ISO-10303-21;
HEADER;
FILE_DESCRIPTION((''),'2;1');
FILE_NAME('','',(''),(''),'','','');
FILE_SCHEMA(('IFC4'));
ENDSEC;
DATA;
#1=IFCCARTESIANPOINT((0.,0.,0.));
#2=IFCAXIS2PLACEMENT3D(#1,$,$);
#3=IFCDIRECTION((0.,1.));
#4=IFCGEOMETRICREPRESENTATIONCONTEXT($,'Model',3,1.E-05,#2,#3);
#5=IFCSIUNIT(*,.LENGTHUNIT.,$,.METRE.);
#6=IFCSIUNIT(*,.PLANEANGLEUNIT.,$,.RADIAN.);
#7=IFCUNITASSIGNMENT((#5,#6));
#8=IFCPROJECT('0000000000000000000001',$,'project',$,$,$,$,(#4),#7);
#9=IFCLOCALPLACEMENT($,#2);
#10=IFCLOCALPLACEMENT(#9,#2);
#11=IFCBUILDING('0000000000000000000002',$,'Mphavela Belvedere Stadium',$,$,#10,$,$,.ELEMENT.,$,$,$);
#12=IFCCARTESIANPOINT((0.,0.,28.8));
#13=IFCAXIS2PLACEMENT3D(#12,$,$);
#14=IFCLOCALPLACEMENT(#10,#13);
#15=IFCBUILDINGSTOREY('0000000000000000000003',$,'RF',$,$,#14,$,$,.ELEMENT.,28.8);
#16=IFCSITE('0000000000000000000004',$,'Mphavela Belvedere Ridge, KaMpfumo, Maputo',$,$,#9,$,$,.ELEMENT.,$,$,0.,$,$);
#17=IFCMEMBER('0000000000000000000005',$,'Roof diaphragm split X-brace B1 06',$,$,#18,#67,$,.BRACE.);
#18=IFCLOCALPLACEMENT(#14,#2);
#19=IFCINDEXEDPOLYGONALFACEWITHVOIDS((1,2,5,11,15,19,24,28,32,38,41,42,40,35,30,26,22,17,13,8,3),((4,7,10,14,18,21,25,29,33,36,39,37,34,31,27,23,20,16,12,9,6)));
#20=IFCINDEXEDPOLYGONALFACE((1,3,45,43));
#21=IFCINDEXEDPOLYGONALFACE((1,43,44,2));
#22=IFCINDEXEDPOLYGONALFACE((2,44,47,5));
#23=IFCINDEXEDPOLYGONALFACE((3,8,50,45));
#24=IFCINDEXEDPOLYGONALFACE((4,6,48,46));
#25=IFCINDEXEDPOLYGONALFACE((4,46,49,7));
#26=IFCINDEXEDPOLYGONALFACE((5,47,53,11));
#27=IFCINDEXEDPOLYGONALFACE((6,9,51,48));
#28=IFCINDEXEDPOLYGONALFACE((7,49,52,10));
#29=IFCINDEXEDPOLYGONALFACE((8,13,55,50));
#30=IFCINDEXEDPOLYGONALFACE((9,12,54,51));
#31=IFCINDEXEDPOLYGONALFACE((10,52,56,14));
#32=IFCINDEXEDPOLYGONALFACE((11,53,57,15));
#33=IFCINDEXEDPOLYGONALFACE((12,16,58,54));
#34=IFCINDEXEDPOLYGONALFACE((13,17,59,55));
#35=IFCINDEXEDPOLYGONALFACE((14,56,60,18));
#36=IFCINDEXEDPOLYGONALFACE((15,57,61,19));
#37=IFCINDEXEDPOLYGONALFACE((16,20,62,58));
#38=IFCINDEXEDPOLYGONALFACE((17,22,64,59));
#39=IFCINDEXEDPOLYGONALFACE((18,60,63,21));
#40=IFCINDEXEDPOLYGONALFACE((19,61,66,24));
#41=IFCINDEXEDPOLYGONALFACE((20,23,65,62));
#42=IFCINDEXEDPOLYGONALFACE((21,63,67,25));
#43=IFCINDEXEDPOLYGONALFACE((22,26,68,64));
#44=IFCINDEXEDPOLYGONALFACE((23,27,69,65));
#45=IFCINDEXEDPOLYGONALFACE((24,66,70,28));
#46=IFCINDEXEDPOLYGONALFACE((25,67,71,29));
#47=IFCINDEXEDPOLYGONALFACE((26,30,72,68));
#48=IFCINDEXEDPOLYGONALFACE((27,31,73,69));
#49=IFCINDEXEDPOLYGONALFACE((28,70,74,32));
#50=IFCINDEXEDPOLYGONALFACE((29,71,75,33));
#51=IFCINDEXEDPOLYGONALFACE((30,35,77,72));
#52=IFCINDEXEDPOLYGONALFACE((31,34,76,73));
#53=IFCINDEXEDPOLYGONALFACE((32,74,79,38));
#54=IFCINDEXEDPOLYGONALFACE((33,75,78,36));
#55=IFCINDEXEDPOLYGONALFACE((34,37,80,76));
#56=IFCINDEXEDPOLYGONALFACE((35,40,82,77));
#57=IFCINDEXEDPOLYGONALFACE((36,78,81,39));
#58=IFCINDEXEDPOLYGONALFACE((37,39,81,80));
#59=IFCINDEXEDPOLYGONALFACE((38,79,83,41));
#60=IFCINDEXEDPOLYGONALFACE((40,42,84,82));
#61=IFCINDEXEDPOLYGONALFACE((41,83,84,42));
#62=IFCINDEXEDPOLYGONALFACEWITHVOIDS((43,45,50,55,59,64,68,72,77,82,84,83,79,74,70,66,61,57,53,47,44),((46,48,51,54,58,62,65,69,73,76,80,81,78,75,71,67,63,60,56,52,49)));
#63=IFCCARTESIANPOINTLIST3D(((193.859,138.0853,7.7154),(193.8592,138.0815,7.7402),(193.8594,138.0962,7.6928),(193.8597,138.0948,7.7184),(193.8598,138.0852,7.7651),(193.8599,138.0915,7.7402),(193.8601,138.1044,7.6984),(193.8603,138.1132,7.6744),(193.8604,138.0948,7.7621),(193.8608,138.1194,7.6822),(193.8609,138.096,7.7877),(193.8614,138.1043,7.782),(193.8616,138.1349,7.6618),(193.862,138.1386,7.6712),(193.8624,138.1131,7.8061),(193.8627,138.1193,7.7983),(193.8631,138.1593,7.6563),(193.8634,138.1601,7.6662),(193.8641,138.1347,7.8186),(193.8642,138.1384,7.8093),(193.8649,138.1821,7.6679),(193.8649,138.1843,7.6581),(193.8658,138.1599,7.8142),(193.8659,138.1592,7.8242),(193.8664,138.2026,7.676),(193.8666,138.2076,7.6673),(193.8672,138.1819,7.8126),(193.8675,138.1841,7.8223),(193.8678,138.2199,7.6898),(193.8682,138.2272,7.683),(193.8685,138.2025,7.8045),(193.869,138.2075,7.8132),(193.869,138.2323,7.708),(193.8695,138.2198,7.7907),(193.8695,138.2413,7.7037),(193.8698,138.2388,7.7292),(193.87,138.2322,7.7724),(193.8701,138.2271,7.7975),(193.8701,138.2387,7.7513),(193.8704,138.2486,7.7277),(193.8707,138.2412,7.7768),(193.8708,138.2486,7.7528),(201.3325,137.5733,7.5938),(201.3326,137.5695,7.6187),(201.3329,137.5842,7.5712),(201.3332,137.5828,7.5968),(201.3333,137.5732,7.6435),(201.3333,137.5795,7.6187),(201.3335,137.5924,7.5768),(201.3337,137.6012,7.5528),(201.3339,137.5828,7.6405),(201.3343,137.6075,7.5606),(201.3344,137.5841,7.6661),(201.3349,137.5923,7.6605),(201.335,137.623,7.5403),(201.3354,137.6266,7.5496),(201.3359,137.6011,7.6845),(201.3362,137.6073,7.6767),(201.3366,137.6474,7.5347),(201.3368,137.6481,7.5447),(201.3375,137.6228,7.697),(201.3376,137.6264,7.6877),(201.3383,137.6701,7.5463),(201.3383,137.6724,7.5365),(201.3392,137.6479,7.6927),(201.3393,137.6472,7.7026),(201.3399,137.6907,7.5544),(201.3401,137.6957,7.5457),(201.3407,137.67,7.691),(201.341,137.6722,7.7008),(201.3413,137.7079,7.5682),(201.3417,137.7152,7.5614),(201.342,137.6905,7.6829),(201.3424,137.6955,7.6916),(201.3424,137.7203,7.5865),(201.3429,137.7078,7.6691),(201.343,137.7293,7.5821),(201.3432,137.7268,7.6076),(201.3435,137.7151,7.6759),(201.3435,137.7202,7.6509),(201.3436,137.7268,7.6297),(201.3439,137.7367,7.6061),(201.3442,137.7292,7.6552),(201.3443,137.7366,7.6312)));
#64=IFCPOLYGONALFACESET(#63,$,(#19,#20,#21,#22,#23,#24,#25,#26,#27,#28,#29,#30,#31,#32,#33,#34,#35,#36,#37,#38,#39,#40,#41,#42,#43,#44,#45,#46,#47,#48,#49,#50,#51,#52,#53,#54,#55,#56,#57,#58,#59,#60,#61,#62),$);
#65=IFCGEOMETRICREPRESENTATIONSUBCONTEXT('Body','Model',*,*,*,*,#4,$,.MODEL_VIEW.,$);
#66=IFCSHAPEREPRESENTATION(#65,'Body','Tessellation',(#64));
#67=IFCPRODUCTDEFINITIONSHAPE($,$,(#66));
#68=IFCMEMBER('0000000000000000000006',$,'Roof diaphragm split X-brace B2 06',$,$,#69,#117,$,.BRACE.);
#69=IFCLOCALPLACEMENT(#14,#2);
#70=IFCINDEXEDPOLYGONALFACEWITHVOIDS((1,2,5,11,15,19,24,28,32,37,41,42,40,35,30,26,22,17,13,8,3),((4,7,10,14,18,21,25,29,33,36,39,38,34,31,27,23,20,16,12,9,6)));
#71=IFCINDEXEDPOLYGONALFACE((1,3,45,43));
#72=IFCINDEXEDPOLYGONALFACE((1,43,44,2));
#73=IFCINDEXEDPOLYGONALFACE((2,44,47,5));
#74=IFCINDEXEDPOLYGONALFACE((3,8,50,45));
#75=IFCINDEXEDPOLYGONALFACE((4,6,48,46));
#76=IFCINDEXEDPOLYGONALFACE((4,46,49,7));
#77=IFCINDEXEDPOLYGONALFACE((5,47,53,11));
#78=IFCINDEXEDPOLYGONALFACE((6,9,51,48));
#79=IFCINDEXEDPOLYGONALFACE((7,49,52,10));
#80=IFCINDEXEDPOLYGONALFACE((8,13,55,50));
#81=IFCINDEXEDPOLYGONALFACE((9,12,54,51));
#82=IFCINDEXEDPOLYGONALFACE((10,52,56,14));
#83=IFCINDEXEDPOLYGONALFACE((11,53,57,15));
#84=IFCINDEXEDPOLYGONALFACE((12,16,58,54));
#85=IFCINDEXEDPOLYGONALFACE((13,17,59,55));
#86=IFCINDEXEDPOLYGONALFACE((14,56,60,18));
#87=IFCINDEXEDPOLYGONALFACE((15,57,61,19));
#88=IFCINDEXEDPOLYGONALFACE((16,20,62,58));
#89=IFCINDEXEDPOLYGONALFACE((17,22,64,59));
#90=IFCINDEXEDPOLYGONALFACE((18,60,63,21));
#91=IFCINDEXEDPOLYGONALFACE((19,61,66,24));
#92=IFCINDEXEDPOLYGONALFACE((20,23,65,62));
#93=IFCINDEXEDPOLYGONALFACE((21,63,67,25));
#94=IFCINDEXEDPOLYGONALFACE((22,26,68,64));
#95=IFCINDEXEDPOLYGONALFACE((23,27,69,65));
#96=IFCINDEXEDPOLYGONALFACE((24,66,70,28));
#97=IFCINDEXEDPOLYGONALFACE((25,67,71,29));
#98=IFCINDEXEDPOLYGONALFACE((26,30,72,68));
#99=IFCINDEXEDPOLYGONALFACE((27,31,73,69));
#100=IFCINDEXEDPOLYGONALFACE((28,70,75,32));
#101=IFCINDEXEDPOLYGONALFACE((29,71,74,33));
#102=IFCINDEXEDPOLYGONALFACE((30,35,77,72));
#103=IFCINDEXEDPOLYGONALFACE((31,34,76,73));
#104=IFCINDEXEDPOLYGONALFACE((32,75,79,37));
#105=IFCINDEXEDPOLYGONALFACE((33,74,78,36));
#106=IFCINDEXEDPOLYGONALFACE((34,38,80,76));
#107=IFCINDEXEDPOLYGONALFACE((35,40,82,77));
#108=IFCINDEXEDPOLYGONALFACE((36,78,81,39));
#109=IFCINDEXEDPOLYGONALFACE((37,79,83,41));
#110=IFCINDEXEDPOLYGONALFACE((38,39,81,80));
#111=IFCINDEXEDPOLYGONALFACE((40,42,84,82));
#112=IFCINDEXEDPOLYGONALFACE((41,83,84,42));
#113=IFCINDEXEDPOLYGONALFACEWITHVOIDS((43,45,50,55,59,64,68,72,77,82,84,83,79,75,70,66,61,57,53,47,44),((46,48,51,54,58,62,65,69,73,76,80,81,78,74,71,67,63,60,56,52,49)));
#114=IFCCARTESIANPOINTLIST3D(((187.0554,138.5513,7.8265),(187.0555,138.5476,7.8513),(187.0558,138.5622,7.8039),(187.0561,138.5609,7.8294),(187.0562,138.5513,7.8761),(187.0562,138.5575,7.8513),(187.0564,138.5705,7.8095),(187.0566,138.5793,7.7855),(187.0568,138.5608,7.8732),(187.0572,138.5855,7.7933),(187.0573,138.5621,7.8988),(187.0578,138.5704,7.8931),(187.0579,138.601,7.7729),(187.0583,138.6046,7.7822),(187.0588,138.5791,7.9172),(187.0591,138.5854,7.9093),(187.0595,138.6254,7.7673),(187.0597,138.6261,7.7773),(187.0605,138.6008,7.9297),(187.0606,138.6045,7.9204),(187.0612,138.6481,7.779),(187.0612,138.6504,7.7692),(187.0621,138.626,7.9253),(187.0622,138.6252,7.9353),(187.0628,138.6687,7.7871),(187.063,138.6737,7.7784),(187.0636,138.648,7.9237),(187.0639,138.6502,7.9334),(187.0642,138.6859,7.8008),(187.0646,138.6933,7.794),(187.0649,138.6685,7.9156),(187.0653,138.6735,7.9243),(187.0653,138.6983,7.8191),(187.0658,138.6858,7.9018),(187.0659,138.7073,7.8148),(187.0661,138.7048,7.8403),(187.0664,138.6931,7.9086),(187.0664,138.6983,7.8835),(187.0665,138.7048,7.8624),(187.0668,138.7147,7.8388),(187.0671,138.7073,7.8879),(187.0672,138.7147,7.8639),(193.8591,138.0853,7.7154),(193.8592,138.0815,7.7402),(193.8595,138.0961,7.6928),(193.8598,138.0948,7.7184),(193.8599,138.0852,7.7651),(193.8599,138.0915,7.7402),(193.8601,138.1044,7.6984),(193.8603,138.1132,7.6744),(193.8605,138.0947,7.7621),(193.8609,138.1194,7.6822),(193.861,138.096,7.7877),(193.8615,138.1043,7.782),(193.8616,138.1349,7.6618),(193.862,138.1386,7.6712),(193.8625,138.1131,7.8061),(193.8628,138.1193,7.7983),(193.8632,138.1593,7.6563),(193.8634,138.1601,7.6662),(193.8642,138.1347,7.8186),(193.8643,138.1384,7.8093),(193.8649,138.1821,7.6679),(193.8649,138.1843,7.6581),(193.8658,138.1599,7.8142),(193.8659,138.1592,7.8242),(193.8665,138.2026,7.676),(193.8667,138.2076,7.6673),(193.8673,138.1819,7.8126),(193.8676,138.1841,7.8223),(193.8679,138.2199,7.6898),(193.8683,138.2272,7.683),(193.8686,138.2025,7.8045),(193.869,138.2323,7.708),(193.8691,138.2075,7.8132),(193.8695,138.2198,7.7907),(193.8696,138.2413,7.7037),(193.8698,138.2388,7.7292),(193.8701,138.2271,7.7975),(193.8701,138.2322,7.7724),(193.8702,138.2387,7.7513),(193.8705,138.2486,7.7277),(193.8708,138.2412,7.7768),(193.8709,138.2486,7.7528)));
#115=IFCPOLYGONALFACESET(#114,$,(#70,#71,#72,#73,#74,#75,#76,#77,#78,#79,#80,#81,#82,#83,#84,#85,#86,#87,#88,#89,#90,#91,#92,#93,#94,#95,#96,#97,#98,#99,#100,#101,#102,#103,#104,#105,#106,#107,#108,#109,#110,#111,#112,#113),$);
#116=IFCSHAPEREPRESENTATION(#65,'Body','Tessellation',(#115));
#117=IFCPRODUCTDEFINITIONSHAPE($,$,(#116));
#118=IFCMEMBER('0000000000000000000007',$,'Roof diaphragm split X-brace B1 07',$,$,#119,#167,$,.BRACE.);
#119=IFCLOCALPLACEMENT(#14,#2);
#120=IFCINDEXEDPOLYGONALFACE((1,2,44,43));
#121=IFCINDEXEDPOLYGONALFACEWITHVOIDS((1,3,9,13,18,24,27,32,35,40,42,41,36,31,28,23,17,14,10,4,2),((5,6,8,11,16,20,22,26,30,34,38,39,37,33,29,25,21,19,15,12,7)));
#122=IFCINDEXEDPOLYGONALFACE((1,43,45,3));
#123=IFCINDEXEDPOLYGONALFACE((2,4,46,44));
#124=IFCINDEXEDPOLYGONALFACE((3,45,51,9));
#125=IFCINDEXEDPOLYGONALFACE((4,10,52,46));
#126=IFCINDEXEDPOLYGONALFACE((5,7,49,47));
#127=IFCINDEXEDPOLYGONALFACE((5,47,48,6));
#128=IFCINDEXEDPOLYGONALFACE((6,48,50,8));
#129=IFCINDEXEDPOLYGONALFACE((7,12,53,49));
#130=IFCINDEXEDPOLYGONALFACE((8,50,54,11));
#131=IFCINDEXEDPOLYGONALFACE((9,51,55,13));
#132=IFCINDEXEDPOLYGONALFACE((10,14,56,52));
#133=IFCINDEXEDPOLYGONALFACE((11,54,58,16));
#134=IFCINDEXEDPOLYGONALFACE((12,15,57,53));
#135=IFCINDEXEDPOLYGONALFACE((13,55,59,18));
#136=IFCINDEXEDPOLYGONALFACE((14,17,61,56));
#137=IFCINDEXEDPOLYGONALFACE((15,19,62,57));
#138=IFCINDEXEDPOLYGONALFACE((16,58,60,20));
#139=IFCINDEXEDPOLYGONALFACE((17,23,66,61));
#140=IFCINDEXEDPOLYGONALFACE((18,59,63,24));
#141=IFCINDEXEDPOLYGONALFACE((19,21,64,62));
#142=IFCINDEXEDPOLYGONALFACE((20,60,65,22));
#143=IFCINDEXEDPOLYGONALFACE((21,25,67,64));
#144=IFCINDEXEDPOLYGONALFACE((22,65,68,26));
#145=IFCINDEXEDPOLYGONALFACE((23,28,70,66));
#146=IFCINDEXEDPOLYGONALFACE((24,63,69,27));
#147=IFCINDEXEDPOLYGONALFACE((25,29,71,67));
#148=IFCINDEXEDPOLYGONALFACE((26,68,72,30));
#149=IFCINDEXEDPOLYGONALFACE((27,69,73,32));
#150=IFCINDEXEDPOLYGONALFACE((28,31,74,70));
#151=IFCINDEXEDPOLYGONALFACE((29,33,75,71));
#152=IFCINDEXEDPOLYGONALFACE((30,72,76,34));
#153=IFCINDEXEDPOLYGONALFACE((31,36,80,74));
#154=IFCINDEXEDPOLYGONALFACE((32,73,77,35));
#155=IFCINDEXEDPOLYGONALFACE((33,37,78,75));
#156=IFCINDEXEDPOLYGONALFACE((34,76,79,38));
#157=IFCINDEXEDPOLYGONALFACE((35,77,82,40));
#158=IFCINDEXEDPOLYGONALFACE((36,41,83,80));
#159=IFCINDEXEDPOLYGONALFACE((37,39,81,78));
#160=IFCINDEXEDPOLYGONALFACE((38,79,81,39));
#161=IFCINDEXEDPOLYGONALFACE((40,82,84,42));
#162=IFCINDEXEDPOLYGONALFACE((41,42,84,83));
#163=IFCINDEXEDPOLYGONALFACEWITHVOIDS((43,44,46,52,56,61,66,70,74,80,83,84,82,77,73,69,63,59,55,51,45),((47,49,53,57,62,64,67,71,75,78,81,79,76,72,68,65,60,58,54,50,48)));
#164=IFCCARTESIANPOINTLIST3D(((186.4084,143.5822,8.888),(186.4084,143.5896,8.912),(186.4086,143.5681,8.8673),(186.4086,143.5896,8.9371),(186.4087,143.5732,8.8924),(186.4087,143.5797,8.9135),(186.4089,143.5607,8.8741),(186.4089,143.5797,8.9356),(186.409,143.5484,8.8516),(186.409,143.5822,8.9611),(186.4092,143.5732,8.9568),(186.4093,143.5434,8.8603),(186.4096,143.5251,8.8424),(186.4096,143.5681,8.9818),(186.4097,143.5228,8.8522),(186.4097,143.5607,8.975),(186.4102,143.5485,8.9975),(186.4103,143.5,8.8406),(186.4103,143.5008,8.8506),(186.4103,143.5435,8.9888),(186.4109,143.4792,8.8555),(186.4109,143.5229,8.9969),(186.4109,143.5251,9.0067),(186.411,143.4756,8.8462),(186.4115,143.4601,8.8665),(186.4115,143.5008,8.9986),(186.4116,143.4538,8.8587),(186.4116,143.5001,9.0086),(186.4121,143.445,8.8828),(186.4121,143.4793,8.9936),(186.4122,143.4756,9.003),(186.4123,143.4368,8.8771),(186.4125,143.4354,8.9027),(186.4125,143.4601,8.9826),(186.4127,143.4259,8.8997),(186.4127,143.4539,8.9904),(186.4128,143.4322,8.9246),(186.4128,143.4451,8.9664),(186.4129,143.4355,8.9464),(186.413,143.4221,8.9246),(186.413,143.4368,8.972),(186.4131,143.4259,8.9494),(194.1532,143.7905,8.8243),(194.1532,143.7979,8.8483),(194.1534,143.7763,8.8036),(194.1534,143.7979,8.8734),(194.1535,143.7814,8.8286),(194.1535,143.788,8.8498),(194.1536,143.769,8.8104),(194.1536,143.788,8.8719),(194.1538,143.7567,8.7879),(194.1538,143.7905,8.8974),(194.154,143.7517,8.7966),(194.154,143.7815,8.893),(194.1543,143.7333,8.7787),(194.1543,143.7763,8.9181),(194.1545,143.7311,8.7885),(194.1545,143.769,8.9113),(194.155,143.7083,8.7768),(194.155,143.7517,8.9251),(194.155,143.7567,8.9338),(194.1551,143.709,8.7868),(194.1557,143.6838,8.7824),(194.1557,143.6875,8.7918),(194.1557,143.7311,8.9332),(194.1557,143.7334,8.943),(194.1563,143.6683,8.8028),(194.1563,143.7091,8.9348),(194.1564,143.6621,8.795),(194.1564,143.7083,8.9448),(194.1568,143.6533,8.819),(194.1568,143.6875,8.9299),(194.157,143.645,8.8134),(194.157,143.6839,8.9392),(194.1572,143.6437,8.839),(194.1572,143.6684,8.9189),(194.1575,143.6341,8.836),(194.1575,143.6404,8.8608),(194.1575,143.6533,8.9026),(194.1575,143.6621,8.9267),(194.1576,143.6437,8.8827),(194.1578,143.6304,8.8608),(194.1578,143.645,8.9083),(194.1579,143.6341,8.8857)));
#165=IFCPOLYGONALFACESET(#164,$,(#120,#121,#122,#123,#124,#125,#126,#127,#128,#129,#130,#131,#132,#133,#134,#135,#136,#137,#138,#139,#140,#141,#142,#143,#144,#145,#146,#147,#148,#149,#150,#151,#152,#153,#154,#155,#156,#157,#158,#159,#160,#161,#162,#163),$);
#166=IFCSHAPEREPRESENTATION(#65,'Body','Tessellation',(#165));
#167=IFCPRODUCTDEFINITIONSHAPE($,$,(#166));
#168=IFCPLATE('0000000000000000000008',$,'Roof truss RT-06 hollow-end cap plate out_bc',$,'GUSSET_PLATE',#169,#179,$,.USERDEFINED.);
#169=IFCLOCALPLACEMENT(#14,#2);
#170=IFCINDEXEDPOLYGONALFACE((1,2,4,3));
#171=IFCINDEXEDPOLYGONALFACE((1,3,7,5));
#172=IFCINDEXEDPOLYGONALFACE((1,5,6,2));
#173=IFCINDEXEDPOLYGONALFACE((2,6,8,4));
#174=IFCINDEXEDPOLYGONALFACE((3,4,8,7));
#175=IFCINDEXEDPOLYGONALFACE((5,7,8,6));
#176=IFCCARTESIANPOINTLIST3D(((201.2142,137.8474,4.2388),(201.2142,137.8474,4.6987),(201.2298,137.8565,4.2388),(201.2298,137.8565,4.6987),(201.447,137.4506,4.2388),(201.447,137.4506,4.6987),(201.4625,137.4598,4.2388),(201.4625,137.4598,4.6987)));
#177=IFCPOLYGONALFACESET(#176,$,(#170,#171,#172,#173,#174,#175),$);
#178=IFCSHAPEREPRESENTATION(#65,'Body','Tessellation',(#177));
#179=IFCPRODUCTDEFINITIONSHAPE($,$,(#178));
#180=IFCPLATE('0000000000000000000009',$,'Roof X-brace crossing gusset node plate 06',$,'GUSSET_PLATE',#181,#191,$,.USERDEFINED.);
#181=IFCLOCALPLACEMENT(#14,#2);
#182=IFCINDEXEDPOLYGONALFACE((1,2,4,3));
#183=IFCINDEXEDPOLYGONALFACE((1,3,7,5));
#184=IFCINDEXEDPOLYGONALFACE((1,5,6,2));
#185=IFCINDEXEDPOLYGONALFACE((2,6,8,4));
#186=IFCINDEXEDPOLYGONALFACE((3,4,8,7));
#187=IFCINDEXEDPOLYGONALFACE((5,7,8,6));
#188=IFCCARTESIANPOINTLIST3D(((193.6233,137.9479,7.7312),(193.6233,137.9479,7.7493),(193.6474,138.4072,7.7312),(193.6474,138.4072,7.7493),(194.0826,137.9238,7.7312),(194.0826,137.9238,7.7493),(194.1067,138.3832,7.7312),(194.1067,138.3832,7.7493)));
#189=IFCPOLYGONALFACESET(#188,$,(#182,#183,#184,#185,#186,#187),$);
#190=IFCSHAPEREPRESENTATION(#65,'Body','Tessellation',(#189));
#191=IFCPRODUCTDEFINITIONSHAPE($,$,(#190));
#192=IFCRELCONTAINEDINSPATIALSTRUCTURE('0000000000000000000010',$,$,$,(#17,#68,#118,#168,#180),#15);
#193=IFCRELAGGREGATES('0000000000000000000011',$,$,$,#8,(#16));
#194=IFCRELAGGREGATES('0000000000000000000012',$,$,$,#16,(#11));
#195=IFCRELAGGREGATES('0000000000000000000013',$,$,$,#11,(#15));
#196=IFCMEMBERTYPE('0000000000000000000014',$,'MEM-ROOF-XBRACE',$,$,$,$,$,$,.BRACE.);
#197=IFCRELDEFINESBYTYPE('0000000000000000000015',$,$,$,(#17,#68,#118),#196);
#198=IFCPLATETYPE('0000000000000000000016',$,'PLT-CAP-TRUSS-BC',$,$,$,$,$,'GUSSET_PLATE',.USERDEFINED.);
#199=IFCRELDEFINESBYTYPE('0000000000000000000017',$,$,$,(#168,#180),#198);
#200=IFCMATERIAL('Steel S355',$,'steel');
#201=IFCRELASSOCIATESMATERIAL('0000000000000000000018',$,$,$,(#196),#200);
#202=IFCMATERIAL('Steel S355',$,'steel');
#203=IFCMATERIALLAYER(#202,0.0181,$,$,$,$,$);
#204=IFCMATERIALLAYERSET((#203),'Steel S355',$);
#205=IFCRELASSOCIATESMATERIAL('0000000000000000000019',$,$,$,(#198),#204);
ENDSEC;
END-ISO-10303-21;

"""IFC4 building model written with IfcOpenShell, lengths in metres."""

from ifc_helpers import new_model, si_unit, direction, frame, origin, origin_2d, place, context, subcontext, project, spatial, rectangle, hollow_circle, extrude, material, layer, layer_set, material_profile, profile_set, type_object, element, save


model = new_model("IFC4")

# Units and contexts
model_context = context("Model", 3, precision=1e-05, world=origin(), true_north=direction((0.0, 1.0)))
body_context = subcontext(model_context, "Body", "Model", "MODEL_VIEW")
ifc_project = project(units=[si_unit("LENGTHUNIT", "METRE"), si_unit("PLANEANGLEUNIT", "RADIAN")], contexts=[model_context])

# Site, building, storey
site_placement = place(None, origin())
site = spatial("IfcSite", under=ifc_project, at=site_placement, Name="Mphavela Belvedere Ridge, KaMpfumo, Maputo", CompositionType="ELEMENT", RefElevation=0.0)
building_placement = place(site_placement, origin())
building = spatial("IfcBuilding", under=site, at=building_placement, Name="Mphavela Belvedere Stadium", CompositionType="ELEMENT")
storey_placement = place(building_placement, frame((0.0, 0.0, 28.8)))
storey = spatial("IfcBuildingStorey", under=building, at=storey_placement, Name="RF", CompositionType="ELEMENT", Elevation=28.8)

# Members
ifc_material_1 = material(Name="Steel S355", Category="steel")
ifc_material_profile_1 = material_profile(ifc_material_1, hollow_circle(Radius=0.0842, WallThickness=0.01, at=origin_2d()), Name="CHS 168.3x10")
ifc_profile_set_1 = profile_set([ifc_material_profile_1], Name="Steel S355")
member_type_1 = type_object("IfcMemberType", Name="MEM-ROOF-XBRACE", PredefinedType="BRACE", material=ifc_profile_set_1)
member_1_placement = place(storey_placement, frame((201.3384, 137.6536, 7.6187), z_axis=(-0.99753, 0.068336, 0.016228), x_axis=(-0.068345, -0.997662, 0.0)))
element("IfcMember", 1, at=member_1_placement, inside=storey, type_object=member_type_1, Name="Roof diaphragm split X-brace B1 06", PredefinedType="BRACE", context=body_context, shape_type="SweptSolid", body=[
    extrude(hollow_circle(Radius=0.0842, WallThickness=0.01, at=origin_2d()), origin(), (0.0, 0.0, 1.0), 7.4919),
])
member_2_placement = place(storey_placement, frame((193.865, 138.1655, 7.7402), z_axis=(-0.99753, 0.068332, 0.016287), x_axis=(-0.068341, -0.997662, 0.0)))
element("IfcMember", 2, at=member_2_placement, inside=storey, type_object=member_type_1, Name="Roof diaphragm split X-brace B2 06", PredefinedType="BRACE", context=body_context, shape_type="SweptSolid", body=[
    extrude(hollow_circle(Radius=0.0842, WallThickness=0.01, at=origin_2d()), origin(), (0.0, 0.0, 1.0), 6.8206),
])
member_3_placement = place(storey_placement, frame((194.1555, 143.7146, 8.8608), z_axis=(-0.999605, -0.026879, 0.008224), x_axis=(0.02688, -0.999639, 0.0)))
element("IfcMember", 3, at=member_3_placement, inside=storey, type_object=member_type_1, Name="Roof diaphragm split X-brace B1 07", PredefinedType="BRACE", context=body_context, shape_type="SweptSolid", body=[
    extrude(hollow_circle(Radius=0.0842, WallThickness=0.01, at=origin_2d()), origin(), (0.0, 0.0, 1.0), 7.7478),
])

# Plates
ifc_material_2 = material(Name="Steel S355", Category="steel")
ifc_layer_1 = layer(ifc_material_2, 0.0181)
ifc_layer_set_1 = layer_set([ifc_layer_1], Name="Steel S355")
plate_type_1 = type_object("IfcPlateType", Name="PLT-CAP-TRUSS-BC", ElementType="GUSSET_PLATE", PredefinedType="USERDEFINED", material=ifc_layer_set_1)
plate_1_placement = place(storey_placement, frame((201.3384, 137.6536, 4.2388), z_axis=(0.0, 0.0, 1.0), x_axis=(0.862514, 0.506034, 0.0)))
element("IfcPlate", 4, at=plate_1_placement, inside=storey, type_object=plate_type_1, Name="Roof truss RT-06 hollow-end cap plate out_bc", ObjectType="GUSSET_PLATE", PredefinedType="USERDEFINED", context=body_context, shape_type="SweptSolid", body=[
    extrude(rectangle(XDim=0.0181, YDim=0.46, at=origin_2d()), origin(), (0.0, 0.0, 1.0), 0.46),
])
plate_2_placement = place(storey_placement, frame((193.865, 138.1655, 7.7312), z_axis=(0.0, 0.0, 1.0), x_axis=(0.052336, 0.99863, 0.0)))
element("IfcPlate", 5, at=plate_2_placement, inside=storey, type_object=plate_type_1, Name="Roof X-brace crossing gusset node plate 06", ObjectType="GUSSET_PLATE", PredefinedType="USERDEFINED", context=body_context, shape_type="SweptSolid", body=[
    extrude(rectangle(XDim=0.46, YDim=0.46, at=origin_2d()), origin(), (0.0, 0.0, 1.0), 0.0181),
])

save(model, "model.ifc")
